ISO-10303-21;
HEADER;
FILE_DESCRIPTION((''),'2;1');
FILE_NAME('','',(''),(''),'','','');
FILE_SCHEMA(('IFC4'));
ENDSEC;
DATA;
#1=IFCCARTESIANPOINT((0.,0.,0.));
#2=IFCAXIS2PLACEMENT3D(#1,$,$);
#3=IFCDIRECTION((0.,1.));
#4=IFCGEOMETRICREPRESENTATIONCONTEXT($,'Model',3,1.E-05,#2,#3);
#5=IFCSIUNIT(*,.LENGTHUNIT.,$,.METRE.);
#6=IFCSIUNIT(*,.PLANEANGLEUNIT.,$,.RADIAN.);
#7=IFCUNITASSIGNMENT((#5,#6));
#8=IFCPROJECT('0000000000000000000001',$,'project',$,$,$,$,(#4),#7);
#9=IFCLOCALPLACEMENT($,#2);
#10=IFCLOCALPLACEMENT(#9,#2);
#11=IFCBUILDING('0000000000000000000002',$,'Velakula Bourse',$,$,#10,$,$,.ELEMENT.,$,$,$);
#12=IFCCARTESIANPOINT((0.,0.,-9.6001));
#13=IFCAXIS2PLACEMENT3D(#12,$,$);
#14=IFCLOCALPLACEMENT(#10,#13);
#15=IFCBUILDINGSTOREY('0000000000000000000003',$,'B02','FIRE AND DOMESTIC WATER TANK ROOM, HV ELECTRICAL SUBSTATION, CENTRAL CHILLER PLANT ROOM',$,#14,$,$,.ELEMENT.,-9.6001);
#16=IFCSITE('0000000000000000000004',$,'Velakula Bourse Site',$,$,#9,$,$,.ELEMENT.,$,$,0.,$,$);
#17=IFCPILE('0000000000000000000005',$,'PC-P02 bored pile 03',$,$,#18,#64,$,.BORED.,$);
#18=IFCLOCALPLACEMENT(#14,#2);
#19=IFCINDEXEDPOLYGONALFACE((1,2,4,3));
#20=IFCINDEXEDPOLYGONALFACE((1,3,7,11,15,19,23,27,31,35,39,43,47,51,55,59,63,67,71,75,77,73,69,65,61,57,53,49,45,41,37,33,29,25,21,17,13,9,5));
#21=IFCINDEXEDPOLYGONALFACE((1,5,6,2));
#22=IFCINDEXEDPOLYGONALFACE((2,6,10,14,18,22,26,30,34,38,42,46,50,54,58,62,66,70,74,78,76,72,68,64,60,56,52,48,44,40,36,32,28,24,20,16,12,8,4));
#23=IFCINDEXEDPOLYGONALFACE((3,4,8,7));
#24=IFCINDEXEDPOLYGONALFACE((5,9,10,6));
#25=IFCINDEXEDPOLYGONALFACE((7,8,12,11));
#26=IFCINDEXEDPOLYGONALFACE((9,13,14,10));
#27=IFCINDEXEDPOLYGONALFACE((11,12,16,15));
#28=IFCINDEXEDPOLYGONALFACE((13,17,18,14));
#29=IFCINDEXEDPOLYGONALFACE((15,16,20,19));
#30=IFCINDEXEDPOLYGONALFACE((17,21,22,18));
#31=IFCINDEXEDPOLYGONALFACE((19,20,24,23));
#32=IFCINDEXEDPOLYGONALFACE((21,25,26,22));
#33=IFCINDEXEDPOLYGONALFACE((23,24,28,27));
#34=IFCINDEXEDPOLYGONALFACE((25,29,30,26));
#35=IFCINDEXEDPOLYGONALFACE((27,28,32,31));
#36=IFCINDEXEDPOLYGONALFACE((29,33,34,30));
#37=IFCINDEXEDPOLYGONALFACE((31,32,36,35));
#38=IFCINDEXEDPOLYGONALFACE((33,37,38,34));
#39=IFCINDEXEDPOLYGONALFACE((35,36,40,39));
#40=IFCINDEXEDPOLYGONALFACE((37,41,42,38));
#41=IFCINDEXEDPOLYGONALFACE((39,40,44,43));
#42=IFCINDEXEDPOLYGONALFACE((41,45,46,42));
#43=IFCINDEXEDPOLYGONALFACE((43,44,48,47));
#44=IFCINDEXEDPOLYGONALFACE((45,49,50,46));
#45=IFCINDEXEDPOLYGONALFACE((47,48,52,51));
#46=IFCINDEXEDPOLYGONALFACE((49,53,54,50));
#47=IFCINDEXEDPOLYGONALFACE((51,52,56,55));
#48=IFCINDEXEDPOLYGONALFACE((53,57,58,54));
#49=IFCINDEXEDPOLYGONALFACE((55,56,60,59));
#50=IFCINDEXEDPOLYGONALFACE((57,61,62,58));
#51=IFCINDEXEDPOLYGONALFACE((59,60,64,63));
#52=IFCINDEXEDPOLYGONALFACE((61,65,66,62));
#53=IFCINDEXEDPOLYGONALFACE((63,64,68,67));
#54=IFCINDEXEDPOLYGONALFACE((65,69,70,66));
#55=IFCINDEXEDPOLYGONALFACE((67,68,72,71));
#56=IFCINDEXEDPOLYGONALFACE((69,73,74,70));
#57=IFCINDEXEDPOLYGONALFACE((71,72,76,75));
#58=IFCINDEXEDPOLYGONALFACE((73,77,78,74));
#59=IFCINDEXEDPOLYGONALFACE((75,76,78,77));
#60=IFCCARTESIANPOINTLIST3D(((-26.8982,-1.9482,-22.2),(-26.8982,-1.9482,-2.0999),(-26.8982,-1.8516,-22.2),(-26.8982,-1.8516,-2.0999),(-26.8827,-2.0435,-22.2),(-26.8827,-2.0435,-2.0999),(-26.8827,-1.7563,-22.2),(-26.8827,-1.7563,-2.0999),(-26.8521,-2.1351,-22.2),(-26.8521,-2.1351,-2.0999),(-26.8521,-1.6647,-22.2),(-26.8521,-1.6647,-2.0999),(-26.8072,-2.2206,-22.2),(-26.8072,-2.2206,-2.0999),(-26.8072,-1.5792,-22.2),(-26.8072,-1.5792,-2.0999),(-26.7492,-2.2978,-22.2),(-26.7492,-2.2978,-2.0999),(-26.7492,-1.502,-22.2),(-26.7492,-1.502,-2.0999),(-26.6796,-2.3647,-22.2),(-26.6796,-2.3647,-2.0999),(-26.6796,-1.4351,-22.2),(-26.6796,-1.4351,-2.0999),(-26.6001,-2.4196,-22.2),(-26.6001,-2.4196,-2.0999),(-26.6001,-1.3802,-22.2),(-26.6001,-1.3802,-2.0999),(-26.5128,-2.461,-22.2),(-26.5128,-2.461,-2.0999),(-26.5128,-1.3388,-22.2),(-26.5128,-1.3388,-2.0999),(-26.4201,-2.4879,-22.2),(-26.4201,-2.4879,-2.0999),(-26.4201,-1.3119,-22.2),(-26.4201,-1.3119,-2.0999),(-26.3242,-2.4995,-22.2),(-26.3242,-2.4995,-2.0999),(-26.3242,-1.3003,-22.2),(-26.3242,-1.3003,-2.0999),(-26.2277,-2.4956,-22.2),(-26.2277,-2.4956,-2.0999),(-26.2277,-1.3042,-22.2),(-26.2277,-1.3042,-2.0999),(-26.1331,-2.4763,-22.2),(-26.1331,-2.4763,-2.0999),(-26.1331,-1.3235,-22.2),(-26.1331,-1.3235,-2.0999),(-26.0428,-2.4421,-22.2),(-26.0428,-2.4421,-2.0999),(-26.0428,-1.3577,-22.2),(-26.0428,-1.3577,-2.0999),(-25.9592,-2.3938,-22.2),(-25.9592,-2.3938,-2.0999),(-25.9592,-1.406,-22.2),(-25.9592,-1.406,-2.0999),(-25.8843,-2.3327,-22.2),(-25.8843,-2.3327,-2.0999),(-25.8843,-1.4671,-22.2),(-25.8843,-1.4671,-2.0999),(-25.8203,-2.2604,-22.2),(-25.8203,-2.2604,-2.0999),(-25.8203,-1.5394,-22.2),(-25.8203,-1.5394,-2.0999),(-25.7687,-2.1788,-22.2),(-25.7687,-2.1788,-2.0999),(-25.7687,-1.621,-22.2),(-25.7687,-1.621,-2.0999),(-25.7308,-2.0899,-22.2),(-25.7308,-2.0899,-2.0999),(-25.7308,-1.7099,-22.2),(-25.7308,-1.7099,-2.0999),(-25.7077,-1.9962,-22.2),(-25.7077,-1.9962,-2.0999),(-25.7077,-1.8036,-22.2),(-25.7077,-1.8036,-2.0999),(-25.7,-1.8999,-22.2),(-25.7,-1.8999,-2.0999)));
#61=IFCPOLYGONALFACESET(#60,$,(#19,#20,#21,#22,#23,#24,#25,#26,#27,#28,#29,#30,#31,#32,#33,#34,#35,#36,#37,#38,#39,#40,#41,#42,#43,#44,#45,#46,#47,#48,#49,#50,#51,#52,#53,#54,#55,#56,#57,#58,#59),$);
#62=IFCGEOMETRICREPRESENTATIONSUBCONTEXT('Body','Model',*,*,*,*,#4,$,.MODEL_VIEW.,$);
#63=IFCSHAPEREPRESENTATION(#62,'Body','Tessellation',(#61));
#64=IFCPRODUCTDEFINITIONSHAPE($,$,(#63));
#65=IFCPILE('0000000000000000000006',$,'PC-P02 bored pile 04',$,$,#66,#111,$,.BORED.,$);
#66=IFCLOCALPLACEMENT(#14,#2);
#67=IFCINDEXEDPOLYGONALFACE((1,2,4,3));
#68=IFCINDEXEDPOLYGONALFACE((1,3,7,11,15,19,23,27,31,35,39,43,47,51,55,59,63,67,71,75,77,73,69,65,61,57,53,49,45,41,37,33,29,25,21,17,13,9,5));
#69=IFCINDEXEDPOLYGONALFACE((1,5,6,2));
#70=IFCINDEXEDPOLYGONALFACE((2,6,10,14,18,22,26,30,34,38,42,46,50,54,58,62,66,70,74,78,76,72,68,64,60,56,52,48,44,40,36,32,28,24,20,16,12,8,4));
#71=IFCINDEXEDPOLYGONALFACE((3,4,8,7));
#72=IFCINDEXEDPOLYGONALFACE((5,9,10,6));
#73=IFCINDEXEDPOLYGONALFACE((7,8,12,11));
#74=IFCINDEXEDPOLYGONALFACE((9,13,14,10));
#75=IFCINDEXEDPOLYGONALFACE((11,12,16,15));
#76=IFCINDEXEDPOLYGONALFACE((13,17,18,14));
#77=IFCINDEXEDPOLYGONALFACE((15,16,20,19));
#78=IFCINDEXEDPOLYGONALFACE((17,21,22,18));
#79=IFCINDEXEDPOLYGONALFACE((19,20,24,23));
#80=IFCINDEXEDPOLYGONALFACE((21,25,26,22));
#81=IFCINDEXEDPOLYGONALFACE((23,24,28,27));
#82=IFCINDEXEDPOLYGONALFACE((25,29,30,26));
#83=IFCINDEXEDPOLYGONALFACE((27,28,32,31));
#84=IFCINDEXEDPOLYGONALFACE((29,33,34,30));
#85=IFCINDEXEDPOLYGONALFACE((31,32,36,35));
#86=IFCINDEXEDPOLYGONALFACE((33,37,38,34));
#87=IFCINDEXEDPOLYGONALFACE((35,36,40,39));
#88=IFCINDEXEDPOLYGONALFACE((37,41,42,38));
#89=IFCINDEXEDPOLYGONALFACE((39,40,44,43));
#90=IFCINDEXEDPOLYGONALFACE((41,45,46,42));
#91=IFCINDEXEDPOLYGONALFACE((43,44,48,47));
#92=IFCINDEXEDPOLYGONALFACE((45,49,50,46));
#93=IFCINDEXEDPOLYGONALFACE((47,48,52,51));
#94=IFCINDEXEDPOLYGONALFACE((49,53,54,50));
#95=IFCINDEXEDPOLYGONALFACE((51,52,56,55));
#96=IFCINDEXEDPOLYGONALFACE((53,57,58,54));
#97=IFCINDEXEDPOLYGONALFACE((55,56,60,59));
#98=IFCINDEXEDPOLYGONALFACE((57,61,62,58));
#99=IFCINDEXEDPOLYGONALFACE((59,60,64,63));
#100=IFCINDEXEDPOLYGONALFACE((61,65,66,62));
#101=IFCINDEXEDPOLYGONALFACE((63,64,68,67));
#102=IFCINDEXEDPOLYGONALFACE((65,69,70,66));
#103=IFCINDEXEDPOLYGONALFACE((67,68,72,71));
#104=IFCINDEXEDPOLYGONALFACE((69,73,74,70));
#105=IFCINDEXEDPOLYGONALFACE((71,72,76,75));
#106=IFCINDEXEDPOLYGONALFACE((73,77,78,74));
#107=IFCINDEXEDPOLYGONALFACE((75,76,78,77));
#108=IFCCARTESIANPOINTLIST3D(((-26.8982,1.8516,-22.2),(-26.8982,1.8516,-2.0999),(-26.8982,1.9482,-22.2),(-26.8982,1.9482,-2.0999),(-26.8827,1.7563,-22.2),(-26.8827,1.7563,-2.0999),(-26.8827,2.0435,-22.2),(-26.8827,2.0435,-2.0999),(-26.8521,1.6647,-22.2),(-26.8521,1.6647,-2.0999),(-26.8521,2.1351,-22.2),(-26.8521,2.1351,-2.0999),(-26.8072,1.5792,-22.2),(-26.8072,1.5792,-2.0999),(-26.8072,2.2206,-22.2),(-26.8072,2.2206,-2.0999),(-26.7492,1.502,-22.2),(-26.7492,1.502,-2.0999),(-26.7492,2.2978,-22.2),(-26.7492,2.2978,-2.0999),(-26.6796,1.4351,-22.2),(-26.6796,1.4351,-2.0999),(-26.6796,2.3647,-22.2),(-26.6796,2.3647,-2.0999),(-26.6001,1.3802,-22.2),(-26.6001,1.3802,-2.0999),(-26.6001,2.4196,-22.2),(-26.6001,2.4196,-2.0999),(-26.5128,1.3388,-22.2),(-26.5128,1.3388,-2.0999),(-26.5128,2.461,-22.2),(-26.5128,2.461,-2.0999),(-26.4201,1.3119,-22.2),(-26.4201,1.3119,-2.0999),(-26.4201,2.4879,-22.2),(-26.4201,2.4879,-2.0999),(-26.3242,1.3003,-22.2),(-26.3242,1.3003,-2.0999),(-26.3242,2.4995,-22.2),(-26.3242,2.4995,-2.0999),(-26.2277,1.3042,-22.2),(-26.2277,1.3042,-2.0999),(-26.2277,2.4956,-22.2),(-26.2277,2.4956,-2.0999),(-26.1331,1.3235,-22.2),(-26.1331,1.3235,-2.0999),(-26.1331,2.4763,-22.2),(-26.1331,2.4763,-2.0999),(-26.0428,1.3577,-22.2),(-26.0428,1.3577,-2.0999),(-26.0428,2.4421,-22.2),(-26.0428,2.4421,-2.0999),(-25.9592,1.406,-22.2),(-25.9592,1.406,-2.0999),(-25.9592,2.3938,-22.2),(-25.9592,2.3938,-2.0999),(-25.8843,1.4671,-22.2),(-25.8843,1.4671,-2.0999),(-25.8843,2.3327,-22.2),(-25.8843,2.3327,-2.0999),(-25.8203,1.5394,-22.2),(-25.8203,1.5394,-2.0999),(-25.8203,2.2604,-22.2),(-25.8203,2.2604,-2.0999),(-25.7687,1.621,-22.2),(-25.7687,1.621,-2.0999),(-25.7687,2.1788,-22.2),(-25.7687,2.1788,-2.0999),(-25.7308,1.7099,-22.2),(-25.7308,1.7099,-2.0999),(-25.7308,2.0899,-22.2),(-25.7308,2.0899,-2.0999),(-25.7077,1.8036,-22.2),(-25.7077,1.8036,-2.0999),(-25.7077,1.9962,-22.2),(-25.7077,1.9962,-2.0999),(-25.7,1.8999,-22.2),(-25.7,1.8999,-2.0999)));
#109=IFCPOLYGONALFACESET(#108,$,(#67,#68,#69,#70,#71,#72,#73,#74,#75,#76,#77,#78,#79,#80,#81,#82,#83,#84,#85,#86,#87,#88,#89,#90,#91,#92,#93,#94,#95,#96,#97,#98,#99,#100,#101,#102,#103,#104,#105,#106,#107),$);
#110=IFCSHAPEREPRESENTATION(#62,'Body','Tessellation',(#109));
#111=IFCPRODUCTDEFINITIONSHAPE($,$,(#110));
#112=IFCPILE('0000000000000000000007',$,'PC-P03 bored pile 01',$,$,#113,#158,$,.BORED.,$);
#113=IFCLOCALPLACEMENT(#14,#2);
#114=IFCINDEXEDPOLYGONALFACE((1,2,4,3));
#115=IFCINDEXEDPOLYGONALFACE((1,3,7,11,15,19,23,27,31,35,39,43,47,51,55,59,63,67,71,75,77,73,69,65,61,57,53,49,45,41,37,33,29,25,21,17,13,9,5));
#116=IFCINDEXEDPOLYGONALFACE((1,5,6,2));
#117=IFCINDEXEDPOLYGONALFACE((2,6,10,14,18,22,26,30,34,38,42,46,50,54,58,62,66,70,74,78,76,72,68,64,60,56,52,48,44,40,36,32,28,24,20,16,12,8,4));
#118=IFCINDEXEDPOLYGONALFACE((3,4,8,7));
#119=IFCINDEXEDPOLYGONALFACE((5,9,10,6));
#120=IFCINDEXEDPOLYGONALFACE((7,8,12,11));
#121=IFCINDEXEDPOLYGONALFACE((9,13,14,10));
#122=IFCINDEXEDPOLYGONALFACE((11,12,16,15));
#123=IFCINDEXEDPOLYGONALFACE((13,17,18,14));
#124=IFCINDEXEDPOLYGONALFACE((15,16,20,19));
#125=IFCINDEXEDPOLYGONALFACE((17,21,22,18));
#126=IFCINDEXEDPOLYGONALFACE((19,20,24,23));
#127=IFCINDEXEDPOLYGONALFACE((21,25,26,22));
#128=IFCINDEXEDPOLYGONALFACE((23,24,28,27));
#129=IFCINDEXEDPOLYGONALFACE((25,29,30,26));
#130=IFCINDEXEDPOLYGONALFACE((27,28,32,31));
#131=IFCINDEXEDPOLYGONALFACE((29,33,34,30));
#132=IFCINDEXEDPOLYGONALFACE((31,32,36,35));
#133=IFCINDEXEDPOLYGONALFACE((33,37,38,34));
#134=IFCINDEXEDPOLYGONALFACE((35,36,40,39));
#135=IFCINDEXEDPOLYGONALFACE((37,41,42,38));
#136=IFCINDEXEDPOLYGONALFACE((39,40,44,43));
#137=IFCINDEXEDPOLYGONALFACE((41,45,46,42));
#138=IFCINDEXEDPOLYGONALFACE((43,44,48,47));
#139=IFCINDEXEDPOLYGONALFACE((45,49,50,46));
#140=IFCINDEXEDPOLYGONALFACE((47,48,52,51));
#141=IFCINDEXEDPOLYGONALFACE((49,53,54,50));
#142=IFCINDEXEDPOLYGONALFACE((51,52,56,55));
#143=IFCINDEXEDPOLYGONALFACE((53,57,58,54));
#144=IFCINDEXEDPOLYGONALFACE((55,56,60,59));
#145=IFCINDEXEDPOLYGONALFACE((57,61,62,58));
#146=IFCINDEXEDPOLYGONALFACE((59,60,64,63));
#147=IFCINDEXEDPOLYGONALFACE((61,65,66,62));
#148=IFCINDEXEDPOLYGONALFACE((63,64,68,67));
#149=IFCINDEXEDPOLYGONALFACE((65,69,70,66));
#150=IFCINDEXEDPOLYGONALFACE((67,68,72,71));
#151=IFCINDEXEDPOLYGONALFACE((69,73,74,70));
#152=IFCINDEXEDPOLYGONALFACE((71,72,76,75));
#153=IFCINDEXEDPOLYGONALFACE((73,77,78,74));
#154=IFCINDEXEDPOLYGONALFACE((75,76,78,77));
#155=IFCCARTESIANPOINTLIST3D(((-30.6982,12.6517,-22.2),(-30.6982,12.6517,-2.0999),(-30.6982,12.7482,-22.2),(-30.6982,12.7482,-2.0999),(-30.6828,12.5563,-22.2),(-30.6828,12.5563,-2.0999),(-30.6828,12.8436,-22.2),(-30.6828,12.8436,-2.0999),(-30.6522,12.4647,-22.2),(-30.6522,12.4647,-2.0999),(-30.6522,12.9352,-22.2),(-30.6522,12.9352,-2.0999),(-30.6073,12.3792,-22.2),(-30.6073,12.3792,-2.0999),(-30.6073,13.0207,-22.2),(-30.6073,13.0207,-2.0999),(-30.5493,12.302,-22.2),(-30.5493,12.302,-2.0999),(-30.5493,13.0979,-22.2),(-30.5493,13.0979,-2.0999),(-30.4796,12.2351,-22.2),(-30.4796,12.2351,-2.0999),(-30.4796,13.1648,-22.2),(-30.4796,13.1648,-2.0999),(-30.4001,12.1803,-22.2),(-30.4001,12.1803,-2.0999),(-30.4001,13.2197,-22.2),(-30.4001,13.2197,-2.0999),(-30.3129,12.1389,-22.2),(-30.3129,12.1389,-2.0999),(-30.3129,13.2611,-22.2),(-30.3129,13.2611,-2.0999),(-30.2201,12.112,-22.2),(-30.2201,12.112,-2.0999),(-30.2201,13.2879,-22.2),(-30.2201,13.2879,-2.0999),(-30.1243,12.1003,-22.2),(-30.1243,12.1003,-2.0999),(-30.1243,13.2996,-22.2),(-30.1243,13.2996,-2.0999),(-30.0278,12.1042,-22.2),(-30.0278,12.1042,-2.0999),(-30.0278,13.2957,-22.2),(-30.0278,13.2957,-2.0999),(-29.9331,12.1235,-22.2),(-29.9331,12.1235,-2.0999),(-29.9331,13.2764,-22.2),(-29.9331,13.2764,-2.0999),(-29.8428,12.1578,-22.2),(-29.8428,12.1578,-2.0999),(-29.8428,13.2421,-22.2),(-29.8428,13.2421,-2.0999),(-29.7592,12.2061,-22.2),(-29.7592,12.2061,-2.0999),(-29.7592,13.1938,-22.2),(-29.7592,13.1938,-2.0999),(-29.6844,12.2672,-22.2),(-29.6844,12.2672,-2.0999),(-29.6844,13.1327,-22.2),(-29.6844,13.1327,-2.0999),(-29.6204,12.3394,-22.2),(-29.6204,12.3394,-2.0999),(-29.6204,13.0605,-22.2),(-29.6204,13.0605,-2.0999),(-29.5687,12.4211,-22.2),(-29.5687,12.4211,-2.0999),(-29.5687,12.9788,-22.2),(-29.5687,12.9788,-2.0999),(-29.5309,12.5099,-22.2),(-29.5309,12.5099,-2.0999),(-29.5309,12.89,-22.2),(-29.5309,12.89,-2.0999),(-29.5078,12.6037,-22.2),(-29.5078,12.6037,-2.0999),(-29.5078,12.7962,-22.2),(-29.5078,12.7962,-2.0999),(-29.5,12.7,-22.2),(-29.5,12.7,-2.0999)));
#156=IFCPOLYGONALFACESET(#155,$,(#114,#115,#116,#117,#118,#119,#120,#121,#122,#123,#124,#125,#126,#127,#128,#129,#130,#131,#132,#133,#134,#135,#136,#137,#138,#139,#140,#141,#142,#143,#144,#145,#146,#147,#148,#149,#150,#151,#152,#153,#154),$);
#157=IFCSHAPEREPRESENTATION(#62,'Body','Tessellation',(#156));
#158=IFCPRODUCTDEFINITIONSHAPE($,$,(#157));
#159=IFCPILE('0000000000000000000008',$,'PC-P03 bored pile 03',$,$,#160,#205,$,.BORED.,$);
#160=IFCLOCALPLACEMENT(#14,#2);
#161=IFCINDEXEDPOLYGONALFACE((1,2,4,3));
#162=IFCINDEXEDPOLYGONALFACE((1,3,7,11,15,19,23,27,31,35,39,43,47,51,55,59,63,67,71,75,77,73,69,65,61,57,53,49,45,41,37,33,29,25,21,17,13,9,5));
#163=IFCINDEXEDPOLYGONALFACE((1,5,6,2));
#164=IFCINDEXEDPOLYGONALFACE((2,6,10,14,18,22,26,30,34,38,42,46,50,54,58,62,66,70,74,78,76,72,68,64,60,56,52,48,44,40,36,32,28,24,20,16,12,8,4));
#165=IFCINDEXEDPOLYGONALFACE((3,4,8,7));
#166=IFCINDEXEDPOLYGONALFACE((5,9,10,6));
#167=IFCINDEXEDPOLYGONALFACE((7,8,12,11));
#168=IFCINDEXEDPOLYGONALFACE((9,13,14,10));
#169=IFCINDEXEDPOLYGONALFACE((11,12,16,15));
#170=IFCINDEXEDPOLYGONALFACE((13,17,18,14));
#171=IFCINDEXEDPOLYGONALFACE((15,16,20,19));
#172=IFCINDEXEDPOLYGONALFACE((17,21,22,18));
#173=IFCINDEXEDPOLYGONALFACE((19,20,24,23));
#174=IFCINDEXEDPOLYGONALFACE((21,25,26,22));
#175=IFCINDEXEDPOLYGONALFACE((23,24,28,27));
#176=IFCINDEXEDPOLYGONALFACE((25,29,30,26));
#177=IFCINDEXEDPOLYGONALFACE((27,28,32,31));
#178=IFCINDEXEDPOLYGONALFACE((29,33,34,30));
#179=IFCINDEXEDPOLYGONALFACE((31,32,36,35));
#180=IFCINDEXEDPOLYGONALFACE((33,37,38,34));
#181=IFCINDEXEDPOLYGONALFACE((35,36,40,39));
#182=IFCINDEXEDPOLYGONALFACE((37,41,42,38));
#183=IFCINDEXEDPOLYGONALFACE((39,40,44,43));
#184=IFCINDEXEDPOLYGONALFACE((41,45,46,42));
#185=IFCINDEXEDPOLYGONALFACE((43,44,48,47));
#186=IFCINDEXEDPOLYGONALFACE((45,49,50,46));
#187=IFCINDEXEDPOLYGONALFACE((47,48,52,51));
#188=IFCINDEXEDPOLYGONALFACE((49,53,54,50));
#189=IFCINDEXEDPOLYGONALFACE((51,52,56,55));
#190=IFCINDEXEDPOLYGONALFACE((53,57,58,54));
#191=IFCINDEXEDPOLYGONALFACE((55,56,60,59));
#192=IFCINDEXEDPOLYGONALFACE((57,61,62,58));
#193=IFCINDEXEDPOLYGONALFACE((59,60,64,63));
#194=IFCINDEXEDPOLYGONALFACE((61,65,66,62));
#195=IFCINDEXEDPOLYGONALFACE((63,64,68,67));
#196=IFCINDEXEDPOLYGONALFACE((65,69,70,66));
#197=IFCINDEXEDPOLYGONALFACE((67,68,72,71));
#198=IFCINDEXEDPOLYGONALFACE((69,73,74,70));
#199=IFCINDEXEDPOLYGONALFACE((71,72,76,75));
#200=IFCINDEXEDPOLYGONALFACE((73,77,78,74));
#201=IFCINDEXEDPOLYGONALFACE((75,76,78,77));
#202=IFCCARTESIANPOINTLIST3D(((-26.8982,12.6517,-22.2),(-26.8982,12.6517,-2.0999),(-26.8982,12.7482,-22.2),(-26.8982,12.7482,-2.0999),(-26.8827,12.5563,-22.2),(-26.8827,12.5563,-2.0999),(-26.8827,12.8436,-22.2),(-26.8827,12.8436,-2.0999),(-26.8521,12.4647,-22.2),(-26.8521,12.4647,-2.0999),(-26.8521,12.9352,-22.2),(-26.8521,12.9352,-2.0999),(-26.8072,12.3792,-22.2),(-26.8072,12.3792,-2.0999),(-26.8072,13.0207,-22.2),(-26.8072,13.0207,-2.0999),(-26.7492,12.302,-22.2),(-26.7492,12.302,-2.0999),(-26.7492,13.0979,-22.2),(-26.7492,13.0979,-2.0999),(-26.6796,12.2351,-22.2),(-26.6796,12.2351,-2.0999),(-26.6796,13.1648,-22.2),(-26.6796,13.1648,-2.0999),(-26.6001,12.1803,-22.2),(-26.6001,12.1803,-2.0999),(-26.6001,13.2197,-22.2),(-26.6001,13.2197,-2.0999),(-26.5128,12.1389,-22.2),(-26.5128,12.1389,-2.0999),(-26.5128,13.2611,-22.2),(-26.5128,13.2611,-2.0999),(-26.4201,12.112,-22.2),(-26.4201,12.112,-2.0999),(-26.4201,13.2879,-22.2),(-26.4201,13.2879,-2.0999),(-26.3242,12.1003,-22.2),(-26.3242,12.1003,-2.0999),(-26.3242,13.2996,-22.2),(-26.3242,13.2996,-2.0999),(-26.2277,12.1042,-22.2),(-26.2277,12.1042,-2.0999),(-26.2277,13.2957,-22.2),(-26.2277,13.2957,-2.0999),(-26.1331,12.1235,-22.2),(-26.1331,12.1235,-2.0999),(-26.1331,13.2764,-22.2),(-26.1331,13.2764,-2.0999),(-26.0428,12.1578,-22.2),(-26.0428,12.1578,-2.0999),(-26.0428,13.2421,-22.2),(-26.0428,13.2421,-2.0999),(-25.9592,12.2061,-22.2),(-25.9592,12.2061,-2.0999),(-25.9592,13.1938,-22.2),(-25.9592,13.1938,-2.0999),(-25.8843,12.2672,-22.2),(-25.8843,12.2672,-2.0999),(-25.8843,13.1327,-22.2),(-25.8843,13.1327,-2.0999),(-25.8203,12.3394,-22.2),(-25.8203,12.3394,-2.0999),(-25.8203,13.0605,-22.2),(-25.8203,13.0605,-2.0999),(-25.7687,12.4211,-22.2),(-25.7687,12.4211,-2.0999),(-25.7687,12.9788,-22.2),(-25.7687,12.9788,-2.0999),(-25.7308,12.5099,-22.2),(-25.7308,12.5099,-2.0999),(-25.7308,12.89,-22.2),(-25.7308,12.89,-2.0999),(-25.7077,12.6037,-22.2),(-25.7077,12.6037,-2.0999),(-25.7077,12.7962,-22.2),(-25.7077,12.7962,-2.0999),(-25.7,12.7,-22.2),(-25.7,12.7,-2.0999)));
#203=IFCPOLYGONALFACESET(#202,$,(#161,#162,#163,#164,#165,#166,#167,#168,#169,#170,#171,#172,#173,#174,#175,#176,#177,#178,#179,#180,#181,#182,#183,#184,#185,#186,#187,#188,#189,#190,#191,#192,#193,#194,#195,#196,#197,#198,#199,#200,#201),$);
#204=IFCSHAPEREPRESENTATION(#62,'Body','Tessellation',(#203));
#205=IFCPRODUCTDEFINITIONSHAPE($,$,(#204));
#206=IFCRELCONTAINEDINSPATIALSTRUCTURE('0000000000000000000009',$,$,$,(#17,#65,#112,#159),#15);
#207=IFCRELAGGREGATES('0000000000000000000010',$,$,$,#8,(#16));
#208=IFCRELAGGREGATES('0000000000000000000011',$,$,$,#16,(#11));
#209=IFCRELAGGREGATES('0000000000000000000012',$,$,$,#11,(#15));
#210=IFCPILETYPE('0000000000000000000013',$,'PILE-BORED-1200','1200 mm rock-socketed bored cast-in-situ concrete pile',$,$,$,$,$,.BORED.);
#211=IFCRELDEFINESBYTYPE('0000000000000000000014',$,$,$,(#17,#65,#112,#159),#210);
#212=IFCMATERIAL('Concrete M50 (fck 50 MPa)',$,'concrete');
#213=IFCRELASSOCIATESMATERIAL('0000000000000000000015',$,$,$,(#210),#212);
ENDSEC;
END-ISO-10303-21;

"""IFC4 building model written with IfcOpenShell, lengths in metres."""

from ifc_helpers import new_model, si_unit, direction, frame, origin, origin_2d, place, context, subcontext, project, spatial, circle, extrude, material, material_profile, profile_set, type_object, element, save


model = new_model("IFC4")

# Units and contexts
model_context = context("Model", 3, precision=1e-05, world=origin(), true_north=direction((0.0, 1.0)))
body_context = subcontext(model_context, "Body", "Model", "MODEL_VIEW")
ifc_project = project(units=[si_unit("LENGTHUNIT", "METRE"), si_unit("PLANEANGLEUNIT", "RADIAN")], contexts=[model_context])

# Site, building, storey
site_placement = place(None, origin())
site = spatial("IfcSite", under=ifc_project, at=site_placement, Name="Velakula Bourse Site", CompositionType="ELEMENT", RefElevation=0.0)
building_placement = place(site_placement, origin())
building = spatial("IfcBuilding", under=site, at=building_placement, Name="Velakula Bourse", CompositionType="ELEMENT")
storey_placement = place(building_placement, frame((0.0, 0.0, -9.6001)))
storey = spatial("IfcBuildingStorey", under=building, at=storey_placement, Name="B02", Description="FIRE AND DOMESTIC WATER TANK ROOM, HV ELECTRICAL SUBSTATION, CENTRAL CHILLER PLANT ROOM", CompositionType="ELEMENT", Elevation=-9.6001)

# Shared definitions
ifc_material_1 = material(Name="Concrete M50 (fck 50 MPa)", Category="concrete")

# Piles
ifc_material_profile_1 = material_profile(ifc_material_1, circle(Radius=0.6001, at=origin_2d()), Name="Concrete M50 (fck 50 MPa)")
ifc_profile_set_1 = profile_set([ifc_material_profile_1], Name="Concrete M50 (fck 50 MPa)")
pile_type_1 = type_object("IfcPileType", Name="PILE-BORED-1200", Description="1200 mm rock-socketed bored cast-in-situ concrete pile", PredefinedType="BORED", material=ifc_profile_set_1)
for number, where, z_axis, x_axis, name in (
    (1, (-26.3, -1.8999, -2.0999), (0.0, 0.0, -1.0), (1.0, 0.0, 0.0), "PC-P02 bored pile 03"),
    (2, (-26.3, 1.8999, -2.0999), (0.0, 0.0, -1.0), (1.0, 0.0, 0.0), "PC-P02 bored pile 04"),
    (3, (-30.1001, 12.7, -2.0999), (0.0, 0.0, -1.0), (1.0, 0.0, 0.0), "PC-P03 bored pile 01"),
    (4, (-26.3, 12.7, -2.0999), (0.0, 0.0, -1.0), (1.0, 0.0, 0.0), "PC-P03 bored pile 03"),
):
    element("IfcPile", number, at=place(storey_placement, frame(where, z_axis=z_axis, x_axis=x_axis)), inside=storey, type_object=pile_type_1, Name=name, PredefinedType="BORED", context=body_context, shape_type="SweptSolid", body=[
        extrude(circle(Radius=0.6001, at=origin_2d()), origin(), (0.0, 0.0, 1.0), 20.1001),
    ])

save(model, "model.ifc")
